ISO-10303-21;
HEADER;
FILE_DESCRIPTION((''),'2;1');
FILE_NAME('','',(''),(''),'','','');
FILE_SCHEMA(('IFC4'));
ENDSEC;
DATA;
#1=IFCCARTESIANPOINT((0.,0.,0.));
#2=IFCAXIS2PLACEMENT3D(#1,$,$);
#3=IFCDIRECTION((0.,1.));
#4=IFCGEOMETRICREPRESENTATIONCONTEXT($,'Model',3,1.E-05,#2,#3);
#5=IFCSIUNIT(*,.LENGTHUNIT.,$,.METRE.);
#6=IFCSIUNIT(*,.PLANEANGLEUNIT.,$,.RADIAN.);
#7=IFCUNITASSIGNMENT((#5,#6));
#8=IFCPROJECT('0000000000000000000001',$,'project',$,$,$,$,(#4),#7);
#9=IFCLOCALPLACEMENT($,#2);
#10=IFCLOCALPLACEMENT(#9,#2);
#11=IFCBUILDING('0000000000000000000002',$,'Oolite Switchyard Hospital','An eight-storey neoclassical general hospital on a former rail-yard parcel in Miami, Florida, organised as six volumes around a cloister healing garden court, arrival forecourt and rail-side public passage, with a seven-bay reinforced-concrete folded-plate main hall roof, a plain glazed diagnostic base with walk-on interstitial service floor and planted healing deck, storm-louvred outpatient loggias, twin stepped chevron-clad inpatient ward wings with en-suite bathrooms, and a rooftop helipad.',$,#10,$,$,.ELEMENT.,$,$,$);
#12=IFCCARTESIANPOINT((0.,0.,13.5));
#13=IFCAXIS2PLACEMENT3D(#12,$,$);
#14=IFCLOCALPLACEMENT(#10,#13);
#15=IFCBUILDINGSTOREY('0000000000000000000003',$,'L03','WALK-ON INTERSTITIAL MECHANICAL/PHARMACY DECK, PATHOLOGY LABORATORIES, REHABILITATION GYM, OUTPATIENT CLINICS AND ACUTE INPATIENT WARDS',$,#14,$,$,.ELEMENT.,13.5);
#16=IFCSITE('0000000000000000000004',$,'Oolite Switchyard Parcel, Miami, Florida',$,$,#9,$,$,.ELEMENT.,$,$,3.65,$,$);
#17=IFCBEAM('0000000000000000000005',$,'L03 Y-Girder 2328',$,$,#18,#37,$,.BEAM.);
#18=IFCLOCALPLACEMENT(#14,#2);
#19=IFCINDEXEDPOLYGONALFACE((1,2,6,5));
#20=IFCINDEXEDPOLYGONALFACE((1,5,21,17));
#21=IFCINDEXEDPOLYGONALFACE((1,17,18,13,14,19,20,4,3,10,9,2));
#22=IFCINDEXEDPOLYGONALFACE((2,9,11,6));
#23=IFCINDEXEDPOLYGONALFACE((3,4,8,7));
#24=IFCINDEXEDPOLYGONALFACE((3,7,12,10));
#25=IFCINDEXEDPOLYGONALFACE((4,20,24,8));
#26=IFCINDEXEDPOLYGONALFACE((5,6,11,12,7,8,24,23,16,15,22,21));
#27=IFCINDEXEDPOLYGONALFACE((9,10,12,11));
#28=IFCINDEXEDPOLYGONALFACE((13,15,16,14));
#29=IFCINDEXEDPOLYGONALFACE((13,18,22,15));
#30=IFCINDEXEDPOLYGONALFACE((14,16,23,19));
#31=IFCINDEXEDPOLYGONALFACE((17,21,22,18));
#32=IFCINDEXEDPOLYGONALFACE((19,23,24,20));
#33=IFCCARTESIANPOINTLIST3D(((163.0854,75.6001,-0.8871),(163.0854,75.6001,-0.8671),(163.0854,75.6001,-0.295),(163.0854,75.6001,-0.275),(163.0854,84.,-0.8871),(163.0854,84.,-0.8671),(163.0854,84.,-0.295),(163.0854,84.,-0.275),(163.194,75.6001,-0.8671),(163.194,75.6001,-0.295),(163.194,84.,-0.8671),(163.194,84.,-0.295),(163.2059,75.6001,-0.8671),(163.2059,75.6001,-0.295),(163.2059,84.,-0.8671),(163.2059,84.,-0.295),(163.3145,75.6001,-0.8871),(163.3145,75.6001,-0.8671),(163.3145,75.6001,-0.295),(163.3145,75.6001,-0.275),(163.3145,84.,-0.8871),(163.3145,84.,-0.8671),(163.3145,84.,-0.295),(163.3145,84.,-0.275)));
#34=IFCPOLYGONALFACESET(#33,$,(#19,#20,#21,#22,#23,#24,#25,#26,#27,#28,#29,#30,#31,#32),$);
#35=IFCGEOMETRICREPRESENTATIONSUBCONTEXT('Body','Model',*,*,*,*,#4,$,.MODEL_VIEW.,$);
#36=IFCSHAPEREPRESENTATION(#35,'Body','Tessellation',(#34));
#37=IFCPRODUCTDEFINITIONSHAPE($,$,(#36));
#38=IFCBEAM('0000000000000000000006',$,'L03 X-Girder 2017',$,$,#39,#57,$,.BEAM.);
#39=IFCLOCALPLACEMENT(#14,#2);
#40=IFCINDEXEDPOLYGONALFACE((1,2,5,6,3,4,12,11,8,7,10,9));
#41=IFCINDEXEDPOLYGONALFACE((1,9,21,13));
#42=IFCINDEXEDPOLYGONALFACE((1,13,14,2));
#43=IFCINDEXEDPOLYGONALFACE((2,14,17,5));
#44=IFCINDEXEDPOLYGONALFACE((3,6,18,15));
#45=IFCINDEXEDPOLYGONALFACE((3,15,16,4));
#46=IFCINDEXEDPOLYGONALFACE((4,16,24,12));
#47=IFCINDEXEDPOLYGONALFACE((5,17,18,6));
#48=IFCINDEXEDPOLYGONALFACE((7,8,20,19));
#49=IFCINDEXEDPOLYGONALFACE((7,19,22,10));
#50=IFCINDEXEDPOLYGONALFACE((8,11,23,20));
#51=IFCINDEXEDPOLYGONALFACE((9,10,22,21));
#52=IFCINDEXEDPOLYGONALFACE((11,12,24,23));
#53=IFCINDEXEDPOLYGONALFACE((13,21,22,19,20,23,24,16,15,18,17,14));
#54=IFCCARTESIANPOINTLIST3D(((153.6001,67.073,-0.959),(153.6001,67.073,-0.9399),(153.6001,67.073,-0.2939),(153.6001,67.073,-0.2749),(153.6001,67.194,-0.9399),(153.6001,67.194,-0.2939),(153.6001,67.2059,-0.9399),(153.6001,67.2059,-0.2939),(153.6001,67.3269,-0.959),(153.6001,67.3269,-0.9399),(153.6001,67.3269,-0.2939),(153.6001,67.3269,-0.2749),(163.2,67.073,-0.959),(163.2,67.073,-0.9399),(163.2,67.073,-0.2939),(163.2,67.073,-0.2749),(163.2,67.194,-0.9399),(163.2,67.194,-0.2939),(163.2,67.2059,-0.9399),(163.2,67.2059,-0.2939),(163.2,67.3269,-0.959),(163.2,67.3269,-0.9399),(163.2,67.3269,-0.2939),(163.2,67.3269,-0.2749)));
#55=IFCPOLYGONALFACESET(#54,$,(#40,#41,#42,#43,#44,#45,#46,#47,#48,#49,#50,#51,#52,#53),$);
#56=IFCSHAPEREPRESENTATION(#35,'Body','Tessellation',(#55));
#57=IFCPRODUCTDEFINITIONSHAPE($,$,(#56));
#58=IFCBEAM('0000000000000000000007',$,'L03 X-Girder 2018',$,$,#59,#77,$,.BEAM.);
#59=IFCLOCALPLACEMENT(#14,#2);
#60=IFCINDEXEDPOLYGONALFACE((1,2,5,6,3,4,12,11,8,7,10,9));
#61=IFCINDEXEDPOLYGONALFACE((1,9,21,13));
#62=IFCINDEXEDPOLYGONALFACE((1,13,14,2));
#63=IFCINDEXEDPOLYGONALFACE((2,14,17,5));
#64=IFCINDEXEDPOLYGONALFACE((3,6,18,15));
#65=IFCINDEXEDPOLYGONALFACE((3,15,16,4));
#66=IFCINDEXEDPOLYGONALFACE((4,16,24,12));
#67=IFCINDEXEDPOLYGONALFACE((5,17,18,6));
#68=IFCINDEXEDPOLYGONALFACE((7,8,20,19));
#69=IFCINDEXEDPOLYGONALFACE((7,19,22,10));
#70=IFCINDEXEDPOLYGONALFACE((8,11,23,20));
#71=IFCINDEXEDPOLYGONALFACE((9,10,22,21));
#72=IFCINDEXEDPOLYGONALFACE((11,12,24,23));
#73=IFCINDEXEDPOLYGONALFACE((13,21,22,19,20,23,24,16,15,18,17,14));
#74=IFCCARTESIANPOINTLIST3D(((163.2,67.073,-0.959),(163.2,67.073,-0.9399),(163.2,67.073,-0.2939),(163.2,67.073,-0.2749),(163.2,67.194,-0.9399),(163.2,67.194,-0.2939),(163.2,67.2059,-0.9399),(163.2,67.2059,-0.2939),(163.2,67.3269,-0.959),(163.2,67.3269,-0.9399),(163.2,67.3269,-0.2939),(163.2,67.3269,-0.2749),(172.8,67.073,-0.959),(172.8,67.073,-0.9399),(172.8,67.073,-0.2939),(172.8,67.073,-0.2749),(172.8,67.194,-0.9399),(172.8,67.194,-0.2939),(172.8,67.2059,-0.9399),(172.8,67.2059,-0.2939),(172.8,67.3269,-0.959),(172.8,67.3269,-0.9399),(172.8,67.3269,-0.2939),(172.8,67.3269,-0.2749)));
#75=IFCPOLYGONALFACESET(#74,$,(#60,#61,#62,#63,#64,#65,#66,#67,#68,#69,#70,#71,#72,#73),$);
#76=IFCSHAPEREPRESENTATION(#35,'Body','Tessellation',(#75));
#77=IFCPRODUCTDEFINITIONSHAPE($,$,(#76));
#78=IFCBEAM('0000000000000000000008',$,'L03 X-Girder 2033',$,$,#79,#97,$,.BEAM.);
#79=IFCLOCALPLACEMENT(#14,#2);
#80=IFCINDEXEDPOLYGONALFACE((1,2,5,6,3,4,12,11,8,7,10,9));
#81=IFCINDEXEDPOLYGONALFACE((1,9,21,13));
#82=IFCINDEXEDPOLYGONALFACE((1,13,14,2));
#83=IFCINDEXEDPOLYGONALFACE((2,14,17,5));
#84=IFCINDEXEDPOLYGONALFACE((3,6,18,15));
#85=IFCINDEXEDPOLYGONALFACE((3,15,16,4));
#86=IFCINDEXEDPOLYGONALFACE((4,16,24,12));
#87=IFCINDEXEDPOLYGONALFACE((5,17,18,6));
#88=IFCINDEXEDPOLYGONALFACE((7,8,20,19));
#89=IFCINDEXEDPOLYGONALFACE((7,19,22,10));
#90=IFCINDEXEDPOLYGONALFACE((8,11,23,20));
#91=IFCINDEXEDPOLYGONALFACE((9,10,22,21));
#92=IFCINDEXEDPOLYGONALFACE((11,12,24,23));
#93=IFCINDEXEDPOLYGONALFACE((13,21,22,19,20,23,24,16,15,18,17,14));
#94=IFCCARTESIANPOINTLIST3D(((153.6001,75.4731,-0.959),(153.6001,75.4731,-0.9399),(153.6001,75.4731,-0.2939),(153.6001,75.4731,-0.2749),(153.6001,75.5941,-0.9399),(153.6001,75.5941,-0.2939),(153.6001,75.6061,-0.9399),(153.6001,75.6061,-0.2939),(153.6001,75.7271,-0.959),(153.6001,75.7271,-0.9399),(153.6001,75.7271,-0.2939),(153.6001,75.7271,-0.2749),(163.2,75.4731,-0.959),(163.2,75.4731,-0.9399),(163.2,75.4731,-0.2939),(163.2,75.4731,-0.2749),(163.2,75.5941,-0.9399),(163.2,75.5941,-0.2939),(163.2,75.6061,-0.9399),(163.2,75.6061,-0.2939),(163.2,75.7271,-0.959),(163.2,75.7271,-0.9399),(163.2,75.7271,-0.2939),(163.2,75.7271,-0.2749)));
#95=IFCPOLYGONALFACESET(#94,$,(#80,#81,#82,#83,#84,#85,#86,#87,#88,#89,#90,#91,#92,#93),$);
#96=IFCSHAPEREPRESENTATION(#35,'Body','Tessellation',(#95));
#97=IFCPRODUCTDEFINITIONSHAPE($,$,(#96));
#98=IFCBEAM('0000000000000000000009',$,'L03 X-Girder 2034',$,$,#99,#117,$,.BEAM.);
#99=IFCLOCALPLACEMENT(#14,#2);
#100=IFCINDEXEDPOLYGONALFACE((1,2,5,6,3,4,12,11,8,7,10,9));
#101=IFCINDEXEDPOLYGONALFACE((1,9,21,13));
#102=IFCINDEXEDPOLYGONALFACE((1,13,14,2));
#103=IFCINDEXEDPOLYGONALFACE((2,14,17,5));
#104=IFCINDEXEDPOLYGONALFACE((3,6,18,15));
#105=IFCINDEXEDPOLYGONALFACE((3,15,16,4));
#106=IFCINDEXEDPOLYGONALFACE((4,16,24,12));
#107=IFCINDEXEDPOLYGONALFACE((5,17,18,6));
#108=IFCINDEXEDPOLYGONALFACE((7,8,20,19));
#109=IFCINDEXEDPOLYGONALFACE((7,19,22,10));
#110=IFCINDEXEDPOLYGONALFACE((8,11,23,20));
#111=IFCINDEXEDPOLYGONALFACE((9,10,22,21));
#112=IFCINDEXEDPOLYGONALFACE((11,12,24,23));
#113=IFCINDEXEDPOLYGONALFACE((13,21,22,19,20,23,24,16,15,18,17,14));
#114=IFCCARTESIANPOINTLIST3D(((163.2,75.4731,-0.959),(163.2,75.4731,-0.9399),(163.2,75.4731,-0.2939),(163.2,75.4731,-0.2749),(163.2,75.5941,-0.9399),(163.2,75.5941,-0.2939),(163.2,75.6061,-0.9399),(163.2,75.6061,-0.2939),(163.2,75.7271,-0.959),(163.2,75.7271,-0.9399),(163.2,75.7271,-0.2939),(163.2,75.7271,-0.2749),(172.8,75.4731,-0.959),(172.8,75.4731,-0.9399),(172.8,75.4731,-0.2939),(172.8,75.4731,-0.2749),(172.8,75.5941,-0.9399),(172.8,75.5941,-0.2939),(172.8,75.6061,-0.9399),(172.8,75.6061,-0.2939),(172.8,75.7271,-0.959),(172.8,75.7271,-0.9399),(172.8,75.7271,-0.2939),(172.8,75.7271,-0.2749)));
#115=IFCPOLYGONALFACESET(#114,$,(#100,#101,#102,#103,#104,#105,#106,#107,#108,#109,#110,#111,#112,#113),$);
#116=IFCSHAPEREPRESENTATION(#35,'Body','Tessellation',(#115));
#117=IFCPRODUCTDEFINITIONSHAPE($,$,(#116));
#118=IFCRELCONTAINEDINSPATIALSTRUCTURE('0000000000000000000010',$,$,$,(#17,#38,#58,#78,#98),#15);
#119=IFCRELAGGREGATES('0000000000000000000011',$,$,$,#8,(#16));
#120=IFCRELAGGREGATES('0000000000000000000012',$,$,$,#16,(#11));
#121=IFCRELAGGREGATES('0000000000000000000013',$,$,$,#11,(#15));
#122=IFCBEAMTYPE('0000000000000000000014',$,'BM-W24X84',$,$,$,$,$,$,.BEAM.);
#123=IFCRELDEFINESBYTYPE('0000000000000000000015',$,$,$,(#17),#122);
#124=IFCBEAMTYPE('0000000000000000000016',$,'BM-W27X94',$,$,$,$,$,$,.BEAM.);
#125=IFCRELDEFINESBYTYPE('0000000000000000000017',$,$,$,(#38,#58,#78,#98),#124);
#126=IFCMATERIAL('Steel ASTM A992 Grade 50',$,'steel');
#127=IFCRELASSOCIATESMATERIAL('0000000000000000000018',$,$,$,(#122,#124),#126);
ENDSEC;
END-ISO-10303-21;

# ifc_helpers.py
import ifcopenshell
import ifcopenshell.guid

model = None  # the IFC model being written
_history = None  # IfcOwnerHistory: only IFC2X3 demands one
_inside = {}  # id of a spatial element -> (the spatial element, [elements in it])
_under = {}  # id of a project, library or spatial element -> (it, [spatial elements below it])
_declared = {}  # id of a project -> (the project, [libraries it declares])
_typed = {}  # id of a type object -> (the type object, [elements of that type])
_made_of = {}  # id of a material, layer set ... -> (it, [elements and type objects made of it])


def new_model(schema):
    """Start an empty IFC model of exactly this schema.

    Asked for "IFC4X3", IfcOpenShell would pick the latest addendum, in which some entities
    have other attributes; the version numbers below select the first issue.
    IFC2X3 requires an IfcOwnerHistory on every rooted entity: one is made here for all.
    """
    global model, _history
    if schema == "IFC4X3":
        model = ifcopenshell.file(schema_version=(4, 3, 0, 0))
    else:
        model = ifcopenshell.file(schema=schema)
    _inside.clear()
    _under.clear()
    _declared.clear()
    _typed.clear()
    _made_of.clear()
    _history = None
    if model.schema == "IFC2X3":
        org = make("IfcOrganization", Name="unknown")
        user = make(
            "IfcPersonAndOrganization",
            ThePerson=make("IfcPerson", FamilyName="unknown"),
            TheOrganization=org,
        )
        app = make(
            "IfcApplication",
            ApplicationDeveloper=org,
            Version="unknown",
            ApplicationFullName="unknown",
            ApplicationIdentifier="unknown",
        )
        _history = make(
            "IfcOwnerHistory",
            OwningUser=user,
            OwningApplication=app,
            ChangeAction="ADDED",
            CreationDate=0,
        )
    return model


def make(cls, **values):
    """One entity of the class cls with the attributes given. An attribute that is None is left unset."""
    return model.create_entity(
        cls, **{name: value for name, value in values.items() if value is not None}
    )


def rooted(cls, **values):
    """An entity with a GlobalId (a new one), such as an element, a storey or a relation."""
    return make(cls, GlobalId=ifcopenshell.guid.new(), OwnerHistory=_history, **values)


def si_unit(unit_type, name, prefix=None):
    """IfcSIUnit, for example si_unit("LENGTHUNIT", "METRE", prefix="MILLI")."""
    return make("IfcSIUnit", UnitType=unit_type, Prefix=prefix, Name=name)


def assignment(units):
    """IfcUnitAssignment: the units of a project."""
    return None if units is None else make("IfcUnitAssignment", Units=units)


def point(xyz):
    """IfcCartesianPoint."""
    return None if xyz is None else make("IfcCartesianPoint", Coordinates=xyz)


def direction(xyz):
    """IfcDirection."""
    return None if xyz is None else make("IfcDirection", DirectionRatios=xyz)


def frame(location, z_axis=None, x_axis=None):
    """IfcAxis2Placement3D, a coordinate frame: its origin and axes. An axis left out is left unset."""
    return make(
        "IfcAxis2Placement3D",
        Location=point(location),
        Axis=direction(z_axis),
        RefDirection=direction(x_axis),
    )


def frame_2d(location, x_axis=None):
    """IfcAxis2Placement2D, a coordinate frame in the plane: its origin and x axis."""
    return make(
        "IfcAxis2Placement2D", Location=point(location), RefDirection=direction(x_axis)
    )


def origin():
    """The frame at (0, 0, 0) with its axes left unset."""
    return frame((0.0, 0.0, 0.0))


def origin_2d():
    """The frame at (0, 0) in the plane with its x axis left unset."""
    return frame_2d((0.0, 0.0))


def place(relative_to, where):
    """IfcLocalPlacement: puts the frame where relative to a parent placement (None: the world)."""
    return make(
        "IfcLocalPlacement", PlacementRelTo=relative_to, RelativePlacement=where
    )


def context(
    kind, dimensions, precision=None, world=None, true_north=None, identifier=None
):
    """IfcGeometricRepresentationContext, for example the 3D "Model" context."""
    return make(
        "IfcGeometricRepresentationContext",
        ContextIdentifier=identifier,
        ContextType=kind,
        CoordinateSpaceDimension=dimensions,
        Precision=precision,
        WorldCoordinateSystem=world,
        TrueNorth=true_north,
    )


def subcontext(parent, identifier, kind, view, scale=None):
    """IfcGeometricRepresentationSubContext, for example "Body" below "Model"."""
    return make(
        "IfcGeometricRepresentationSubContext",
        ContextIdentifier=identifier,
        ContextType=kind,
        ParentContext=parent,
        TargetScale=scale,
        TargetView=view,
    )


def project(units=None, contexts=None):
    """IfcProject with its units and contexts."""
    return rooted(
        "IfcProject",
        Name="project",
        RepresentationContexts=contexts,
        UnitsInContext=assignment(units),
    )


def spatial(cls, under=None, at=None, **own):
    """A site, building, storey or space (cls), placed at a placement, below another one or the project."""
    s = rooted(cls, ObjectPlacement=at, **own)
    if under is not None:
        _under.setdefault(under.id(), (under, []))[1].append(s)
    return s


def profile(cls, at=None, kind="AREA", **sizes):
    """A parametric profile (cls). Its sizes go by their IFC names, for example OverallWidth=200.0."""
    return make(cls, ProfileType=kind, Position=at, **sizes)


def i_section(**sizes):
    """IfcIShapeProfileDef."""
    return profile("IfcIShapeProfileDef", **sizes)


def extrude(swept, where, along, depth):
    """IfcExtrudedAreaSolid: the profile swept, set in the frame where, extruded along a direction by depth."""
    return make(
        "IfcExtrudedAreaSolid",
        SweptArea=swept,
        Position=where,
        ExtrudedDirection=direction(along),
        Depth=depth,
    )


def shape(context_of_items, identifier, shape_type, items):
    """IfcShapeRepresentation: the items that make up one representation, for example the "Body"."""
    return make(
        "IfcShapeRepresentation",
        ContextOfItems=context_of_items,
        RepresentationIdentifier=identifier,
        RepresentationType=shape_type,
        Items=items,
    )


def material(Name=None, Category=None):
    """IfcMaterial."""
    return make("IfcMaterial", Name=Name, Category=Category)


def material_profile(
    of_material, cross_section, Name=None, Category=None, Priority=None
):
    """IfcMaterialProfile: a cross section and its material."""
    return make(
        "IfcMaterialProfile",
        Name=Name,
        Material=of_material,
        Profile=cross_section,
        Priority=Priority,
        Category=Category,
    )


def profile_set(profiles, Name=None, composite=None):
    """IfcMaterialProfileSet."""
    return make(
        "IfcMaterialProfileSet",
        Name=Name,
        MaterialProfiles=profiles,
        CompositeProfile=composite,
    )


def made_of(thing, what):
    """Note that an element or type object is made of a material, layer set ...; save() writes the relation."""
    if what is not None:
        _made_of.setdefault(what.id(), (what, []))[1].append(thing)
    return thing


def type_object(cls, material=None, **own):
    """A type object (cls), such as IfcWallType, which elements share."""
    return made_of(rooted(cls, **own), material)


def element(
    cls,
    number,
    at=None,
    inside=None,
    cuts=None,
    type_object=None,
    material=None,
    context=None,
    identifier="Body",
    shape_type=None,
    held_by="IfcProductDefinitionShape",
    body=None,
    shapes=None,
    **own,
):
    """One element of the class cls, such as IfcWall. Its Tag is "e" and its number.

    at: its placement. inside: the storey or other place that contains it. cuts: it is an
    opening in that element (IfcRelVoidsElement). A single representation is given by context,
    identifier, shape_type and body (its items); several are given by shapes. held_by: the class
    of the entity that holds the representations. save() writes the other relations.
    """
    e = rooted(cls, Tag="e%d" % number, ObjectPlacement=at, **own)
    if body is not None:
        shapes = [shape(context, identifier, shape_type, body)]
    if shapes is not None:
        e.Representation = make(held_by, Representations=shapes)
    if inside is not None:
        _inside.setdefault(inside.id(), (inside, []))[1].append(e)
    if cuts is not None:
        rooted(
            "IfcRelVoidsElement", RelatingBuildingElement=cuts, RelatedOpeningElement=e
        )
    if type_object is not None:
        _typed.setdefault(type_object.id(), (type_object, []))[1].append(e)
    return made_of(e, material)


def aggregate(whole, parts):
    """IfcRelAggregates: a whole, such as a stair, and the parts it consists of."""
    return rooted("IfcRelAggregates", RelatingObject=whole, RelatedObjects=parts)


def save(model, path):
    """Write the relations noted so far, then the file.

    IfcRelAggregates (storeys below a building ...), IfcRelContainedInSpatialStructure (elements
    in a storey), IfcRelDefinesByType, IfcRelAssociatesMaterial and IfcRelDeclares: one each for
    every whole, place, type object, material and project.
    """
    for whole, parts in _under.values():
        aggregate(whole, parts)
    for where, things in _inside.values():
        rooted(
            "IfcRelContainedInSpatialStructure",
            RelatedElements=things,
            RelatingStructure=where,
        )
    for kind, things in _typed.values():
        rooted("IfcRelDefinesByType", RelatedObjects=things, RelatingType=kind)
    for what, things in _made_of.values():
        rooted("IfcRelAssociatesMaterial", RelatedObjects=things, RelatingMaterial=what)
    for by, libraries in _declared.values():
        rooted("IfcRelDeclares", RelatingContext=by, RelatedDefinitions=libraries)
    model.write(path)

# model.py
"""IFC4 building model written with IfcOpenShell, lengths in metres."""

from ifc_helpers import new_model, si_unit, direction, frame, origin, origin_2d, place, context, subcontext, project, spatial, i_section, extrude, material, material_profile, profile_set, type_object, element, save


model = new_model("IFC4")

# Units and contexts
model_context = context("Model", 3, precision=1e-05, world=origin(), true_north=direction((0.0, 1.0)))
body_context = subcontext(model_context, "Body", "Model", "MODEL_VIEW")
ifc_project = project(units=[si_unit("LENGTHUNIT", "METRE"), si_unit("PLANEANGLEUNIT", "RADIAN")], contexts=[model_context])

# Site, building, storey
site_placement = place(None, origin())
site = spatial("IfcSite", under=ifc_project, at=site_placement, Name="Oolite Switchyard Parcel, Miami, Florida", CompositionType="ELEMENT", RefElevation=3.65)
building_placement = place(site_placement, origin())
building = spatial("IfcBuilding", under=site, at=building_placement, Name="Oolite Switchyard Hospital", Description="An eight-storey neoclassical general hospital on a former rail-yard parcel in Miami, Florida, organised as six volumes around a cloister healing garden court, arrival forecourt and rail-side public passage, with a seven-bay reinforced-concrete folded-plate main hall roof, a plain glazed diagnostic base with walk-on interstitial service floor and planted healing deck, storm-louvred outpatient loggias, twin stepped chevron-clad inpatient ward wings with en-suite bathrooms, and a rooftop helipad.", CompositionType="ELEMENT")
storey_placement = place(building_placement, frame((0.0, 0.0, 13.5)))
storey = spatial("IfcBuildingStorey", under=building, at=storey_placement, Name="L03", Description="WALK-ON INTERSTITIAL MECHANICAL/PHARMACY DECK, PATHOLOGY LABORATORIES, REHABILITATION GYM, OUTPATIENT CLINICS AND ACUTE INPATIENT WARDS", CompositionType="ELEMENT", Elevation=13.5)

# Beams
ifc_material_1 = material(Name="Steel ASTM A992 Grade 50", Category="steel")
ifc_material_profile_1 = material_profile(ifc_material_1, i_section(OverallWidth=0.229, OverallDepth=0.6121, WebThickness=0.012, FlangeThickness=0.02, at=origin_2d()), Name="W24X84")
ifc_profile_set_1 = profile_set([ifc_material_profile_1], Name="Steel ASTM A992 Grade 50")
beam_type_1 = type_object("IfcBeamType", Name="BM-W24X84", PredefinedType="BEAM", material=ifc_profile_set_1)
beam_1_placement = place(storey_placement, frame((163.2, 75.6001, -0.5811), z_axis=(0.0, 1.0, 0.0), x_axis=(-1.0, 0.0, 0.0)))
element("IfcBeam", 1, at=beam_1_placement, inside=storey, type_object=beam_type_1, Name="L03 Y-Girder 2328", PredefinedType="BEAM", context=body_context, shape_type="SweptSolid", body=[
    extrude(i_section(OverallWidth=0.229, OverallDepth=0.6121, WebThickness=0.012, FlangeThickness=0.02, at=origin_2d()), origin(), (0.0, 0.0, 1.0), 8.3999),
])
ifc_material_profile_2 = material_profile(ifc_material_1, i_section(OverallWidth=0.2539, OverallDepth=0.6841, WebThickness=0.012, FlangeThickness=0.019, at=origin_2d()), Name="W27X94")
ifc_profile_set_2 = profile_set([ifc_material_profile_2], Name="Steel ASTM A992 Grade 50")
beam_type_2 = type_object("IfcBeamType", Name="BM-W27X94", PredefinedType="BEAM", material=ifc_profile_set_2)
beam_2_placement = place(storey_placement, frame((153.6001, 67.2, -0.6169), z_axis=(1.0, 0.0, 0.0), x_axis=(0.0, 1.0, 0.0)))
element("IfcBeam", 2, at=beam_2_placement, inside=storey, type_object=beam_type_2, Name="L03 X-Girder 2017", PredefinedType="BEAM", context=body_context, shape_type="SweptSolid", body=[
    extrude(i_section(OverallWidth=0.2539, OverallDepth=0.6841, WebThickness=0.012, FlangeThickness=0.019, at=origin_2d()), origin(), (0.0, 0.0, 1.0), 9.5999),
])
beam_3_placement = place(storey_placement, frame((163.2, 67.2, -0.6169), z_axis=(1.0, 0.0, 0.0), x_axis=(0.0, 1.0, 0.0)))
element("IfcBeam", 3, at=beam_3_placement, inside=storey, type_object=beam_type_2, Name="L03 X-Girder 2018", PredefinedType="BEAM", context=body_context, shape_type="SweptSolid", body=[
    extrude(i_section(OverallWidth=0.2539, OverallDepth=0.6841, WebThickness=0.012, FlangeThickness=0.019, at=origin_2d()), origin(), (0.0, 0.0, 1.0), 9.6001),
])
beam_4_placement = place(storey_placement, frame((153.6001, 75.6001, -0.6169), z_axis=(1.0, 0.0, 0.0), x_axis=(0.0, 1.0, 0.0)))
element("IfcBeam", 4, at=beam_4_placement, inside=storey, type_object=beam_type_2, Name="L03 X-Girder 2033", PredefinedType="BEAM", context=body_context, shape_type="SweptSolid", body=[
    extrude(i_section(OverallWidth=0.2539, OverallDepth=0.6841, WebThickness=0.012, FlangeThickness=0.019, at=origin_2d()), origin(), (0.0, 0.0, 1.0), 9.5999),
])
beam_5_placement = place(storey_placement, frame((163.2, 75.6001, -0.6169), z_axis=(1.0, 0.0, 0.0), x_axis=(0.0, 1.0, 0.0)))
element("IfcBeam", 5, at=beam_5_placement, inside=storey, type_object=beam_type_2, Name="L03 X-Girder 2034", PredefinedType="BEAM", context=body_context, shape_type="SweptSolid", body=[
    extrude(i_section(OverallWidth=0.2539, OverallDepth=0.6841, WebThickness=0.012, FlangeThickness=0.019, at=origin_2d()), origin(), (0.0, 0.0, 1.0), 9.6001),
])

save(model, "model.ifc")
